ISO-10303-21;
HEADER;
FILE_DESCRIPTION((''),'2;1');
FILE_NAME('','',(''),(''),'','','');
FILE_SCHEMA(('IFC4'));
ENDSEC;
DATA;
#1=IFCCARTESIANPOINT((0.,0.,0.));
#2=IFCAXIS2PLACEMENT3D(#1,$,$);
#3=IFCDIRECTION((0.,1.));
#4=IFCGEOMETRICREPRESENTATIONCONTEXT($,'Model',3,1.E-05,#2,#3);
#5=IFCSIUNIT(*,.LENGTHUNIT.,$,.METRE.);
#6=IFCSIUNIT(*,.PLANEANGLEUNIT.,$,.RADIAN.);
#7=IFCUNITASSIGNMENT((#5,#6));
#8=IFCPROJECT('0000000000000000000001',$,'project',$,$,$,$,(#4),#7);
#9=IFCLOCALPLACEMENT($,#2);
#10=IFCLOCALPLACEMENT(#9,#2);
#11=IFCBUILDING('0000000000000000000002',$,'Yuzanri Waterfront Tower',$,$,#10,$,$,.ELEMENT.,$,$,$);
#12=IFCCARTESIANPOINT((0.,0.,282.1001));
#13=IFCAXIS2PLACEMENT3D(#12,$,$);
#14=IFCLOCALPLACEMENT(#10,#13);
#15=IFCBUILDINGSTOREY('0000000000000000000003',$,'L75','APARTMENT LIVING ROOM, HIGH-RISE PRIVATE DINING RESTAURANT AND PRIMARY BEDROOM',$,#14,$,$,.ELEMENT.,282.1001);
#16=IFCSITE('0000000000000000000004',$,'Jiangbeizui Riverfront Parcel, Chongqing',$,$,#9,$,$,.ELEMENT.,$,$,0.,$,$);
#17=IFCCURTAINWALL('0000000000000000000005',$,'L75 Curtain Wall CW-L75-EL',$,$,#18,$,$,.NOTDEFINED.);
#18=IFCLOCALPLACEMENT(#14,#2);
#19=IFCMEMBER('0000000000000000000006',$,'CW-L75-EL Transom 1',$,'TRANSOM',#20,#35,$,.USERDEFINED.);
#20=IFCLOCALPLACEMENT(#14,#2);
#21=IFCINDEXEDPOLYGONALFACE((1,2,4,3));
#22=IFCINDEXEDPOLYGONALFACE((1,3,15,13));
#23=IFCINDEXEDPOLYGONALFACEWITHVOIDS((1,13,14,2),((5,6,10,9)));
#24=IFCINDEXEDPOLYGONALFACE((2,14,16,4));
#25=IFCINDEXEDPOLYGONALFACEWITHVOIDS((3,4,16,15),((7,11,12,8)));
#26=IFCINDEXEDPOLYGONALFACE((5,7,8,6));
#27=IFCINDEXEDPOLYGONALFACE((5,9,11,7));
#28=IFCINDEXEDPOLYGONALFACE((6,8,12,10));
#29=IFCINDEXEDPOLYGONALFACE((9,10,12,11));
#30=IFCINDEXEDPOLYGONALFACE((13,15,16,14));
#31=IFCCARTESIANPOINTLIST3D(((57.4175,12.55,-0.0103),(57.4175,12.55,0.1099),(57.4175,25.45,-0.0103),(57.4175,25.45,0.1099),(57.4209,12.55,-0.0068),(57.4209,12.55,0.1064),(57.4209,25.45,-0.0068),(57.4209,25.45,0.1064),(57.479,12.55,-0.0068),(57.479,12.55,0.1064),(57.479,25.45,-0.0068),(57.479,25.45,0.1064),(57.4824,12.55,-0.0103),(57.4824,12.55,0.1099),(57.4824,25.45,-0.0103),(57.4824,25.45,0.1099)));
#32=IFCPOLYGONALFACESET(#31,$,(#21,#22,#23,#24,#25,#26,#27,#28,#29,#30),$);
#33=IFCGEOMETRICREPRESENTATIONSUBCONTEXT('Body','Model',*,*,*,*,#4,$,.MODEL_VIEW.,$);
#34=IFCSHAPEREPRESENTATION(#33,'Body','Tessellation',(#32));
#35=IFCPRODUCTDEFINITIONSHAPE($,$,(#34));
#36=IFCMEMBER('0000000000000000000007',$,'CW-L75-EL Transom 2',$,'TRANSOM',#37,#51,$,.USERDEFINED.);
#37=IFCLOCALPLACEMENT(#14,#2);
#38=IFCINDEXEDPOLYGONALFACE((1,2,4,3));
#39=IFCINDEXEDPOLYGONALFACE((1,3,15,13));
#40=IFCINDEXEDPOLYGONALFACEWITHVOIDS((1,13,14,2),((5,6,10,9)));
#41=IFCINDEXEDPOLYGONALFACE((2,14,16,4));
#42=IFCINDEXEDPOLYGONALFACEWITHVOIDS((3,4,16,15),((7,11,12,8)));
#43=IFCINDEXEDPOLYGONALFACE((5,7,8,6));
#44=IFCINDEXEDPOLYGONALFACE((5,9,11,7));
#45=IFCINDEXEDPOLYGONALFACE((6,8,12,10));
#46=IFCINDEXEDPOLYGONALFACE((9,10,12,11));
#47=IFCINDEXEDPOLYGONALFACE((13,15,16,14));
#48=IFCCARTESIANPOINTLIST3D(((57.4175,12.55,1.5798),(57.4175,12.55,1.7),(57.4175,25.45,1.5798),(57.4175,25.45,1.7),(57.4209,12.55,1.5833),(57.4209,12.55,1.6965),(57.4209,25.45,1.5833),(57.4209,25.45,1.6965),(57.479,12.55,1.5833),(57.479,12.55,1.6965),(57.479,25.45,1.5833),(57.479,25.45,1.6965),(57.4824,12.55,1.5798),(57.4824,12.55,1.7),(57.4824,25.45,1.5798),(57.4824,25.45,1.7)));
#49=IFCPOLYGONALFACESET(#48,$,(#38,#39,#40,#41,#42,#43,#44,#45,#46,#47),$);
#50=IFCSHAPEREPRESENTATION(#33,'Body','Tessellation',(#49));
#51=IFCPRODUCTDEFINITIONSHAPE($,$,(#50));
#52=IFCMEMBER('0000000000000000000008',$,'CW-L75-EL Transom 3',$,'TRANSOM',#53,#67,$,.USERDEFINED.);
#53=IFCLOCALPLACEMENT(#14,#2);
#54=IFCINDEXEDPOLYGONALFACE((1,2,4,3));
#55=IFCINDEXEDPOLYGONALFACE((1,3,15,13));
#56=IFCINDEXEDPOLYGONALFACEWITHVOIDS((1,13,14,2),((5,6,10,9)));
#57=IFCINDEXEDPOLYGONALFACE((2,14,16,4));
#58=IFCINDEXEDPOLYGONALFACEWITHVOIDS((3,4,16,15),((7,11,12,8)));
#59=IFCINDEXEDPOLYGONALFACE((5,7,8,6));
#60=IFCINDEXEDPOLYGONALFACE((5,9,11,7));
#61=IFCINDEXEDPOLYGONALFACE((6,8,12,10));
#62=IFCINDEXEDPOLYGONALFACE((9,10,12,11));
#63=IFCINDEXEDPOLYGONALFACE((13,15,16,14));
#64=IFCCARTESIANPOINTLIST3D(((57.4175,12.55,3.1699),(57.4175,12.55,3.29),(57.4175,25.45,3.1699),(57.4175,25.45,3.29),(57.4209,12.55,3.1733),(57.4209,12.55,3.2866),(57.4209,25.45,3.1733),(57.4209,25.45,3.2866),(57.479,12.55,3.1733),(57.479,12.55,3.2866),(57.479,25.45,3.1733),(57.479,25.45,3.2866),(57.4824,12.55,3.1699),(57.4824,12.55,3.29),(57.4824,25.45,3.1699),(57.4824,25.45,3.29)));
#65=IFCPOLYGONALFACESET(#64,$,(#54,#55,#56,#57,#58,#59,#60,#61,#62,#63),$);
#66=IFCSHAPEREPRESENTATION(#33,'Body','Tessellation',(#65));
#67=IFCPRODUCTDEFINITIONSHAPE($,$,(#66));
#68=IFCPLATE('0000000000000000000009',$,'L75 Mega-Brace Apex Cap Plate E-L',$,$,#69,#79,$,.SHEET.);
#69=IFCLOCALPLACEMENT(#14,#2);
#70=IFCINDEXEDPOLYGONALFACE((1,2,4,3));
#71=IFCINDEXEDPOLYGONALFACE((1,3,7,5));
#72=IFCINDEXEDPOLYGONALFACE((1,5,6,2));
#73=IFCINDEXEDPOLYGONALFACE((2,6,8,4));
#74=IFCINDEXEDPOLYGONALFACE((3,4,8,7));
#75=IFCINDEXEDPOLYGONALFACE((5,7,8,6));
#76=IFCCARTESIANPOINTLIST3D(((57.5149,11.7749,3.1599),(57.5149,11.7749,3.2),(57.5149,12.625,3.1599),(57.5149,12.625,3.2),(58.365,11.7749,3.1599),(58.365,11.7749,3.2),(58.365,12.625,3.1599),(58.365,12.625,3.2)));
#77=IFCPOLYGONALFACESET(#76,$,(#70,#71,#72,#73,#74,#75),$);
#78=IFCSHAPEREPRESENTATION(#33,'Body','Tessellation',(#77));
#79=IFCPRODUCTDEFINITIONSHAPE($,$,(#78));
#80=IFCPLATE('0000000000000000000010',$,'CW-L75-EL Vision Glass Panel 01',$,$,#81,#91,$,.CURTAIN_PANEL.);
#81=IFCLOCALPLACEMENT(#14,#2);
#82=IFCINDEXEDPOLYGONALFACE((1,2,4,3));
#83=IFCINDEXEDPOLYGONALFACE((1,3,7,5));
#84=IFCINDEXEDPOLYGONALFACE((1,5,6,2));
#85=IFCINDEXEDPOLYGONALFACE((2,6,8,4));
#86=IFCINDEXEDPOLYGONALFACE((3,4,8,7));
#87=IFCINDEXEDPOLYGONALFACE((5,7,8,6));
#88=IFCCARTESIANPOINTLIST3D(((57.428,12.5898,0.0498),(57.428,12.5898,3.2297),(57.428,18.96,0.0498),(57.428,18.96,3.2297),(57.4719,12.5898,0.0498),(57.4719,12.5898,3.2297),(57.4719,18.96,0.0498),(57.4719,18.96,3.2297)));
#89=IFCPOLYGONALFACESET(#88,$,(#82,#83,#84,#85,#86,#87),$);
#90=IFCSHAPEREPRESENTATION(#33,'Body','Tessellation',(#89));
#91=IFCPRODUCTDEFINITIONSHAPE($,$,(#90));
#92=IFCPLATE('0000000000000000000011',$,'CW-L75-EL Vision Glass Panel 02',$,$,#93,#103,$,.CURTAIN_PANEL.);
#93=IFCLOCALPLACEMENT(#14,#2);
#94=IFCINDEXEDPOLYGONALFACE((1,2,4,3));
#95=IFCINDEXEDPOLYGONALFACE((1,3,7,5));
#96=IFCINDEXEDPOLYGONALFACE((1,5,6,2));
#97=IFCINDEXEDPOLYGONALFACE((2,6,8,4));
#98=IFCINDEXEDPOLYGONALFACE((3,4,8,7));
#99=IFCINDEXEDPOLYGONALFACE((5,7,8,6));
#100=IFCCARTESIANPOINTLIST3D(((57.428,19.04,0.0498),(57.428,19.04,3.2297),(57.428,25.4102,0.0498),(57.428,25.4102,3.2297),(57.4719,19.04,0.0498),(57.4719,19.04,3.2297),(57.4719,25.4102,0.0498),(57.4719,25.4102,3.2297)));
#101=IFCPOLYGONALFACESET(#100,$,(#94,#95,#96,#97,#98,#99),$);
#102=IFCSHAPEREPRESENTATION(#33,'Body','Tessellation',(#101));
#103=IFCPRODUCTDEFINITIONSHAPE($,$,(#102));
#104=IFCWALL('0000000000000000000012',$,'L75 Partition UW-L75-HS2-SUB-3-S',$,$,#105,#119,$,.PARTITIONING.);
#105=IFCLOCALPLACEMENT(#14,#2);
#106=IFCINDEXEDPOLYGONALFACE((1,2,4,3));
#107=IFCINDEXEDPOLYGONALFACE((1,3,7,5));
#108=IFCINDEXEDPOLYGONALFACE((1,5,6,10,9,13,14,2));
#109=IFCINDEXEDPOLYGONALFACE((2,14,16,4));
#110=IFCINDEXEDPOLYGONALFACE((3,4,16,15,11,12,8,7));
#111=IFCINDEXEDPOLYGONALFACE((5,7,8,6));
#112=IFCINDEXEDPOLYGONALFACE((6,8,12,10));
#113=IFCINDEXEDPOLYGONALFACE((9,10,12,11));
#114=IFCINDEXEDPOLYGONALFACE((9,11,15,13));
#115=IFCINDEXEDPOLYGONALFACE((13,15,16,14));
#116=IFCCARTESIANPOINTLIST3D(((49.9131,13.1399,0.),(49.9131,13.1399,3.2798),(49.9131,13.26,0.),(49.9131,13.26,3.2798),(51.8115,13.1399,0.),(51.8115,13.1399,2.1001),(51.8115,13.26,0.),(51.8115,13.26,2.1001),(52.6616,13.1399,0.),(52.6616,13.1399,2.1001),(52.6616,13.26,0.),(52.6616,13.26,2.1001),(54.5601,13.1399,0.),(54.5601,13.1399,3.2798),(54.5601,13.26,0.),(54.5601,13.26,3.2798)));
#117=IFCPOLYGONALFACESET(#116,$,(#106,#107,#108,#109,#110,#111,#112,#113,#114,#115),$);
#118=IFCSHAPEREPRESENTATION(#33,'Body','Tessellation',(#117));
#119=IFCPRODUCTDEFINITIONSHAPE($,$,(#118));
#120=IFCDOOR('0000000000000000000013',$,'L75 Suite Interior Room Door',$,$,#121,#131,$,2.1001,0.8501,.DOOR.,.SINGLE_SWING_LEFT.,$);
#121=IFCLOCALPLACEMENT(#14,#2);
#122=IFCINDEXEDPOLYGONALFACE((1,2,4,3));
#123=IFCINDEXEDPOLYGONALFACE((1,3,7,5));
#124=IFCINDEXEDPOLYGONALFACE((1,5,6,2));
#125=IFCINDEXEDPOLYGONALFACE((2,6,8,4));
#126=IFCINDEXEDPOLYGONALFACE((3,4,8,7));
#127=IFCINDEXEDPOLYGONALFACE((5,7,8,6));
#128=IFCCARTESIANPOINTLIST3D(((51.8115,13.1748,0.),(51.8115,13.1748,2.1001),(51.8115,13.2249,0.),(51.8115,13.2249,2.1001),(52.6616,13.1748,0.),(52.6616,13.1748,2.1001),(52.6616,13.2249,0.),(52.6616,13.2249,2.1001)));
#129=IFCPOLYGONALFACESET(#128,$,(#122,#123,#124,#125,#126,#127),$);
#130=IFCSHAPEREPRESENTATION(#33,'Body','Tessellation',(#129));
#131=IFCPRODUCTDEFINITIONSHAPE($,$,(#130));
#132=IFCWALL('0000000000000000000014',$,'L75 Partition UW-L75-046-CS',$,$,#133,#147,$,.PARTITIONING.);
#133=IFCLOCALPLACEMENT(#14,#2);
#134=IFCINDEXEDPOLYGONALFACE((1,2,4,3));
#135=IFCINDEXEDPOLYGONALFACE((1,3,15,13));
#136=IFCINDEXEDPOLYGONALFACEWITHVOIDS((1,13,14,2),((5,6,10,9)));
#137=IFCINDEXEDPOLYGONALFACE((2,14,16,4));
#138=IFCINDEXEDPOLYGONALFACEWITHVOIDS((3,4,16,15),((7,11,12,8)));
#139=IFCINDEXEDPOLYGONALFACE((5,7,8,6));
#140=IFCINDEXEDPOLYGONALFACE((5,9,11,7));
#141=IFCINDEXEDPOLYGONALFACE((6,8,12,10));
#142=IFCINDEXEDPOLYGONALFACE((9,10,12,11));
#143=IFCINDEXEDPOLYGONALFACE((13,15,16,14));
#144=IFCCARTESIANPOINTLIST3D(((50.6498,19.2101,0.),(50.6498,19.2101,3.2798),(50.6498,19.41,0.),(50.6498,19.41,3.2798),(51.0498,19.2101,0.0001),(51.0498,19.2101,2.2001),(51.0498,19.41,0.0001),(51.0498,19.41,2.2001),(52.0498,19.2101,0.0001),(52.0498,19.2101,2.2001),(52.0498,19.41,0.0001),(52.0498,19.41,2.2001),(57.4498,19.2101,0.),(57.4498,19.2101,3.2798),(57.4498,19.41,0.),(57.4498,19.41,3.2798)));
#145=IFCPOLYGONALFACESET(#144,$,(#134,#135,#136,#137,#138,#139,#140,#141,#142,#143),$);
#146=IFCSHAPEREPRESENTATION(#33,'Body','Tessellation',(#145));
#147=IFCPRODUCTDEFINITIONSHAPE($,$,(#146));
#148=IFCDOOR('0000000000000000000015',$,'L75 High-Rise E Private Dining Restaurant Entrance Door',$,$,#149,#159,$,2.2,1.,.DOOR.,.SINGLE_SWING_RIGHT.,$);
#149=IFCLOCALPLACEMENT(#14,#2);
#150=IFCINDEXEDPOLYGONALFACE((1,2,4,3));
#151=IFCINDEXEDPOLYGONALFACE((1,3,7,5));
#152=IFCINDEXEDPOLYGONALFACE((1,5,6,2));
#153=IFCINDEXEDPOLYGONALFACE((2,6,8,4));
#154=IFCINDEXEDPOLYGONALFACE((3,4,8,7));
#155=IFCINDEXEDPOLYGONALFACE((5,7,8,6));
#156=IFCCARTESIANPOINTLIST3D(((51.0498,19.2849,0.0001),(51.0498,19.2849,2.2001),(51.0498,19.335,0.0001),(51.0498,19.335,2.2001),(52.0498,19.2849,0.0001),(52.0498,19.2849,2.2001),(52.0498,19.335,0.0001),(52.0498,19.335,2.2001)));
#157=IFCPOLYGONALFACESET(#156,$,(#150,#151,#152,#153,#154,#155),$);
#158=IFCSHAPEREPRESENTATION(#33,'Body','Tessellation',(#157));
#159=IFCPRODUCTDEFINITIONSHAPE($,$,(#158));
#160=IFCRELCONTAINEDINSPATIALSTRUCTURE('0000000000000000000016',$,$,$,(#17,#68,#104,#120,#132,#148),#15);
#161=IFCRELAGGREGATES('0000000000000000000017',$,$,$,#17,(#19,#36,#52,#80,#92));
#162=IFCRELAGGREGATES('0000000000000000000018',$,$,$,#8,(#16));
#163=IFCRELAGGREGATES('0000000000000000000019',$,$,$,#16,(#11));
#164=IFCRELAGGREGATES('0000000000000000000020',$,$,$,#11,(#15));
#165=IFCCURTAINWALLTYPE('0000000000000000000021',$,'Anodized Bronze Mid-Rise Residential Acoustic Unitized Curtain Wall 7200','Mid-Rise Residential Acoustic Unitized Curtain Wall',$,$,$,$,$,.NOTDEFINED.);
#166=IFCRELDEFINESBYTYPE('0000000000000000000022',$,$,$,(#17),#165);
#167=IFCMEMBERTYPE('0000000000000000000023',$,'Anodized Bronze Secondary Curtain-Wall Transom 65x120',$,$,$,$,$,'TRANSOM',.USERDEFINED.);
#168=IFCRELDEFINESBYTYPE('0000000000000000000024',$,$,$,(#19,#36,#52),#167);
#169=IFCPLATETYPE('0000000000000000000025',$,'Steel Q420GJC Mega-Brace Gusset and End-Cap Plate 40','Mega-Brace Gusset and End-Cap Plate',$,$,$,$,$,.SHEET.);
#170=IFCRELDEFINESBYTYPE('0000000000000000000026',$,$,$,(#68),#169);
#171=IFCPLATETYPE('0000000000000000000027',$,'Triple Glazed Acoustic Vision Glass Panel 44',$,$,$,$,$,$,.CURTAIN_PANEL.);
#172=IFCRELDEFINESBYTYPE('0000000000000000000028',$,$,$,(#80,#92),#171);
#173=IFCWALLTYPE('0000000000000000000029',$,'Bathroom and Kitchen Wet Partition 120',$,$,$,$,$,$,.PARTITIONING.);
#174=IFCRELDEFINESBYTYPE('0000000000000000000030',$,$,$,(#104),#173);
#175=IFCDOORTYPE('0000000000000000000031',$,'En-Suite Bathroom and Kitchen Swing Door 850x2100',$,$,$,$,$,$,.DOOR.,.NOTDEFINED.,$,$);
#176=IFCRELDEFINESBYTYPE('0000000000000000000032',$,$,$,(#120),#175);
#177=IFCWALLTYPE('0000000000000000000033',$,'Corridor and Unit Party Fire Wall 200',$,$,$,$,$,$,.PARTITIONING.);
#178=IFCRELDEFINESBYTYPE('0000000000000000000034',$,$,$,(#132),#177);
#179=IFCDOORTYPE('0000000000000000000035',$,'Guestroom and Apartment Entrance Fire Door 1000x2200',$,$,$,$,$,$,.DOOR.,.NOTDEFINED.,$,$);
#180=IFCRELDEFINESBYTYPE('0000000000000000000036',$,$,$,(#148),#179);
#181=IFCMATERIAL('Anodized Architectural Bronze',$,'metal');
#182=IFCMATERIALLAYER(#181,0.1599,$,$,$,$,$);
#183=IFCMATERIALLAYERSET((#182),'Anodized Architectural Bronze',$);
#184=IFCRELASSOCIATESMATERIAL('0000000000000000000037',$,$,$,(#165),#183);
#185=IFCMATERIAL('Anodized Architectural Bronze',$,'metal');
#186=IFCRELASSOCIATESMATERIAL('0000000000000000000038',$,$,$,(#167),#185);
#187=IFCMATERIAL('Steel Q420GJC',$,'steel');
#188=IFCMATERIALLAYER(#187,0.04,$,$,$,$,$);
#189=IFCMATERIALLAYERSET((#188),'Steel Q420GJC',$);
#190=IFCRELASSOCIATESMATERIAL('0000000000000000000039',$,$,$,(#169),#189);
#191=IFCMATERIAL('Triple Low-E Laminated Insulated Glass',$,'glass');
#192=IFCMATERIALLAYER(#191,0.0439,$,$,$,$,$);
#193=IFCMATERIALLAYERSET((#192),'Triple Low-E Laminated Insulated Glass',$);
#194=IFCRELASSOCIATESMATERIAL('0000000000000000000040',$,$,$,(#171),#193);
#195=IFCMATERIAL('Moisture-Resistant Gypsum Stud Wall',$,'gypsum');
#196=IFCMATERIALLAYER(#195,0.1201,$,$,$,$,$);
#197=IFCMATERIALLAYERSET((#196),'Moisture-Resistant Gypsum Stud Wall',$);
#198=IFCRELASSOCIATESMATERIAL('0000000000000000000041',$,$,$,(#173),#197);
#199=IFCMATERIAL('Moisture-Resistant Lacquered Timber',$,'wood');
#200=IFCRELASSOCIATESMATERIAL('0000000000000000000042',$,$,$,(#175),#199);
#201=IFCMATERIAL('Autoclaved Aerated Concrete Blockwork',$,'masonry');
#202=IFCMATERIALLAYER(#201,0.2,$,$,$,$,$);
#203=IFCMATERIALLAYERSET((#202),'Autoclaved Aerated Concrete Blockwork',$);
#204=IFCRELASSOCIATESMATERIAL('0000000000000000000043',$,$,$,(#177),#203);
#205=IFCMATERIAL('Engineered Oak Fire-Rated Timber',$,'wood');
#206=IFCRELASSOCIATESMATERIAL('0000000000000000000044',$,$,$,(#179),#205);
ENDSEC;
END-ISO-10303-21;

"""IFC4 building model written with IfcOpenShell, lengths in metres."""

from ifc_helpers import new_model, si_unit, direction, frame, frame_2d, origin, origin_2d, place, context, subcontext, project, spatial, rectangle, hollow_rectangle, extrude, source, transform, mapped, material, layer, layer_set, material_profile, profile_set, type_object, element, fill, aggregate, save


model = new_model("IFC4")

# Units and contexts
model_context = context("Model", 3, precision=1e-05, world=origin(), true_north=direction((0.0, 1.0)))
body_context = subcontext(model_context, "Body", "Model", "MODEL_VIEW")
ifc_project = project(units=[si_unit("LENGTHUNIT", "METRE"), si_unit("PLANEANGLEUNIT", "RADIAN")], contexts=[model_context])

# Site, building, storey
site_placement = place(None, origin())
site = spatial("IfcSite", under=ifc_project, at=site_placement, Name="Jiangbeizui Riverfront Parcel, Chongqing", CompositionType="ELEMENT", RefElevation=0.0)
building_placement = place(site_placement, origin())
building = spatial("IfcBuilding", under=site, at=building_placement, Name="Yuzanri Waterfront Tower", CompositionType="ELEMENT")
storey_placement = place(building_placement, frame((0.0, 0.0, 282.1001)))
storey = spatial("IfcBuildingStorey", under=building, at=storey_placement, Name="L75", Description="APARTMENT LIVING ROOM, HIGH-RISE PRIVATE DINING RESTAURANT AND PRIMARY BEDROOM", CompositionType="ELEMENT", Elevation=282.1001)

# Curtain wall, members
ifc_material_1 = material(Name="Anodized Architectural Bronze", Category="metal")
ifc_layer_1 = layer(ifc_material_1, 0.1599)
ifc_layer_set_1 = layer_set([ifc_layer_1], Name="Anodized Architectural Bronze")
curtain_wall_type = type_object("IfcCurtainWallType", Name="Anodized Bronze Mid-Rise Residential Acoustic Unitized Curtain Wall 7200", Description="Mid-Rise Residential Acoustic Unitized Curtain Wall", PredefinedType="NOTDEFINED", material=ifc_layer_set_1)
curtain_wall_placement = place(storey_placement, origin())
curtain_wall = element("IfcCurtainWall", 1, at=curtain_wall_placement, inside=storey, type_object=curtain_wall_type, Name="L75 Curtain Wall CW-L75-EL", PredefinedType="NOTDEFINED")
ifc_material_2 = material(Name="Anodized Architectural Bronze", Category="metal")
ifc_material_profile_1 = material_profile(ifc_material_2, hollow_rectangle(XDim=0.0649, YDim=0.1201, WallThickness=0.0034, at=origin_2d()), Name="CWT 65x120")
ifc_profile_set_1 = profile_set([ifc_material_profile_1], Name="Anodized Architectural Bronze")
member_type_1 = type_object("IfcMemberType", Name="Anodized Bronze Secondary Curtain-Wall Transom 65x120", ElementType="TRANSOM", PredefinedType="USERDEFINED", material=ifc_profile_set_1)
shared_shape_1 = source(origin(), body_context, "Body", "SweptSolid", [
    extrude(hollow_rectangle(XDim=0.0649, YDim=0.1201, WallThickness=0.0034, at=origin_2d()), origin(), (0.0, 0.0, 1.0), 12.8999),
])
member_1_placement = place(storey_placement, frame((57.45, 12.55, 0.0498), z_axis=(0.0, 1.0, 0.0), x_axis=(-1.0, 0.0, 0.0)))
member_1 = element("IfcMember", 2, at=member_1_placement, type_object=member_type_1, Name="CW-L75-EL Transom 1", ObjectType="TRANSOM", PredefinedType="USERDEFINED", context=body_context, shape_type="MappedRepresentation", body=[
    mapped(shared_shape_1, transform((0.0, 0.0, 0.0), scale=1.0)),
])
member_2_placement = place(storey_placement, frame((57.45, 12.55, 1.6399), z_axis=(0.0, 1.0, 0.0), x_axis=(-1.0, 0.0, 0.0)))
member_2 = element("IfcMember", 3, at=member_2_placement, type_object=member_type_1, Name="CW-L75-EL Transom 2", ObjectType="TRANSOM", PredefinedType="USERDEFINED", context=body_context, shape_type="MappedRepresentation", body=[
    mapped(shared_shape_1, transform((0.0, 0.0, 0.0), scale=1.0)),
])
member_3_placement = place(storey_placement, frame((57.45, 12.55, 3.23), z_axis=(0.0, 1.0, 0.0), x_axis=(-1.0, 0.0, 0.0)))
member_3 = element("IfcMember", 4, at=member_3_placement, type_object=member_type_1, Name="CW-L75-EL Transom 3", ObjectType="TRANSOM", PredefinedType="USERDEFINED", context=body_context, shape_type="MappedRepresentation", body=[
    mapped(shared_shape_1, transform((0.0, 0.0, 0.0), scale=1.0)),
])

# Plates
ifc_material_3 = material(Name="Steel Q420GJC", Category="steel")
ifc_layer_2 = layer(ifc_material_3, 0.04)
ifc_layer_set_2 = layer_set([ifc_layer_2], Name="Steel Q420GJC")
plate_type_1 = type_object("IfcPlateType", Name="Steel Q420GJC Mega-Brace Gusset and End-Cap Plate 40", Description="Mega-Brace Gusset and End-Cap Plate", PredefinedType="SHEET", material=ifc_layer_set_2)
shared_shape_2 = source(origin(), body_context, "Body", "SweptSolid", [
    extrude(rectangle(XDim=0.8501, YDim=0.8501, at=origin_2d()), origin(), (0.0, 0.0, 1.0), 0.04),
])
plate_1_placement = place(storey_placement, frame((57.9399, 12.2, 3.1599), z_axis=(0.0, 0.0, 1.0), x_axis=(1.0, 0.0, 0.0)))
element("IfcPlate", 5, at=plate_1_placement, inside=storey, type_object=plate_type_1, Name="L75 Mega-Brace Apex Cap Plate E-L", PredefinedType="SHEET", context=body_context, shape_type="MappedRepresentation", body=[
    mapped(shared_shape_2, transform((0.0, 0.0, 0.0), scale=1.0)),
])
ifc_material_4 = material(Name="Triple Low-E Laminated Insulated Glass", Category="glass")
ifc_layer_3 = layer(ifc_material_4, 0.0439)
ifc_layer_set_3 = layer_set([ifc_layer_3], Name="Triple Low-E Laminated Insulated Glass")
plate_type_2 = type_object("IfcPlateType", Name="Triple Glazed Acoustic Vision Glass Panel 44", PredefinedType="CURTAIN_PANEL", material=ifc_layer_set_3)
shared_shape_3 = source(origin(), body_context, "Body", "SweptSolid", [
    extrude(rectangle(XDim=6.3701, YDim=0.0439, at=origin_2d()), origin(), (0.0, 0.0, 1.0), 3.1799),
])
plate_2_placement = place(storey_placement, frame((57.45, 15.7749, 0.0498), z_axis=(0.0, 0.0, 1.0), x_axis=(0.0, 1.0, 0.0)))
plate_2 = element("IfcPlate", 6, at=plate_2_placement, type_object=plate_type_2, Name="CW-L75-EL Vision Glass Panel 01", PredefinedType="CURTAIN_PANEL", context=body_context, shape_type="MappedRepresentation", body=[
    mapped(shared_shape_3, transform((0.0, 0.0, 0.0), scale=1.0)),
])
plate_3_placement = place(storey_placement, frame((57.45, 22.2251, 0.0498), z_axis=(0.0, 0.0, 1.0), x_axis=(0.0, 1.0, 0.0)))
plate_3 = element("IfcPlate", 7, at=plate_3_placement, type_object=plate_type_2, Name="CW-L75-EL Vision Glass Panel 02", PredefinedType="CURTAIN_PANEL", context=body_context, shape_type="MappedRepresentation", body=[
    mapped(shared_shape_3, transform((0.0, 0.0, 0.0), scale=1.0)),
])
aggregate(curtain_wall, [member_1, member_2, member_3, plate_2, plate_3])

# Walls, openings, doors
ifc_material_5 = material(Name="Moisture-Resistant Gypsum Stud Wall", Category="gypsum")
ifc_layer_4 = layer(ifc_material_5, 0.1201)
ifc_layer_set_4 = layer_set([ifc_layer_4], Name="Moisture-Resistant Gypsum Stud Wall")
wall_type_1 = type_object("IfcWallType", Name="Bathroom and Kitchen Wet Partition 120", PredefinedType="PARTITIONING", material=ifc_layer_set_4)
wall_1_placement = place(storey_placement, frame((49.9131, 13.2, 0.0), z_axis=(0.0, 0.0, 1.0), x_axis=(1.0, 0.0, 0.0)))
wall_1 = element("IfcWall", 8, at=wall_1_placement, inside=storey, type_object=wall_type_1, Name="L75 Partition UW-L75-HS2-SUB-3-S", PredefinedType="PARTITIONING", context=body_context, shape_type="SweptSolid", body=[
    extrude(rectangle(XDim=4.647, YDim=0.1201, at=frame_2d((2.3235, 0.0))), origin(), (0.0, 0.0, 1.0), 3.2798),
])
opening_1_placement = place(wall_1_placement, frame((1.8984, 0.0, 0.0)))
opening_1 = element("IfcOpeningElement", 9, at=opening_1_placement, cuts=wall_1, PredefinedType="OPENING", context=body_context, shape_type="SweptSolid", body=[
    extrude(rectangle(XDim=0.8501, YDim=2.1001, at=frame_2d((0.425, 1.05))), frame((0.0, 0.075, 0.0), z_axis=(0.0, -1.0, 0.0), x_axis=(1.0, 0.0, 0.0)), (0.0, 0.0, 1.0), 0.1499),
])
ifc_material_6 = material(Name="Moisture-Resistant Lacquered Timber", Category="wood")
door_type_1 = type_object("IfcDoorType", Name="En-Suite Bathroom and Kitchen Swing Door 850x2100", OperationType="NOTDEFINED", PredefinedType="DOOR", material=ifc_material_6)
shared_shape_4 = source(origin(), body_context, "Body", "SweptSolid", [
    extrude(rectangle(XDim=0.8501, YDim=2.1001, at=frame_2d((0.425, 1.05))), frame((0.0, 0.0249, 0.0), z_axis=(0.0, -1.0, 0.0), x_axis=(1.0, 0.0, 0.0)), (0.0, 0.0, 1.0), 0.05),
])
door_1_placement = place(opening_1_placement, origin())
door_1 = element("IfcDoor", 10, at=door_1_placement, inside=storey, type_object=door_type_1, Name="L75 Suite Interior Room Door", OperationType="SINGLE_SWING_LEFT", OverallHeight=2.1001, OverallWidth=0.8501, PredefinedType="DOOR", context=body_context, shape_type="MappedRepresentation", body=[
    mapped(shared_shape_4, transform((0.0, 0.0, 0.0), scale=1.0)),
])
fill(opening_1, door_1)
ifc_material_7 = material(Name="Autoclaved Aerated Concrete Blockwork", Category="masonry")
ifc_layer_5 = layer(ifc_material_7, 0.2)
ifc_layer_set_5 = layer_set([ifc_layer_5], Name="Autoclaved Aerated Concrete Blockwork")
wall_type_2 = type_object("IfcWallType", Name="Corridor and Unit Party Fire Wall 200", PredefinedType="PARTITIONING", material=ifc_layer_set_5)
wall_2_placement = place(storey_placement, frame((50.6499, 19.3101, 0.0), z_axis=(0.0, 0.0, 1.0), x_axis=(1.0, 0.0, 0.0)))
wall_2 = element("IfcWall", 11, at=wall_2_placement, inside=storey, type_object=wall_type_2, Name="L75 Partition UW-L75-046-CS", PredefinedType="PARTITIONING", context=body_context, shape_type="SweptSolid", body=[
    extrude(rectangle(XDim=6.8, YDim=0.2, at=frame_2d((3.3999, 0.0))), origin(), (0.0, 0.0, 1.0), 3.2798),
])
opening_2_placement = place(wall_2_placement, frame((0.3999, 0.0, 0.0)))
opening_2 = element("IfcOpeningElement", 12, at=opening_2_placement, cuts=wall_2, PredefinedType="OPENING", context=body_context, shape_type="SweptSolid", body=[
    extrude(rectangle(XDim=1.0, YDim=2.2, at=frame_2d((0.5, 1.1001))), frame((0.0, 0.1147, 0.0), z_axis=(0.0, -1.0, 0.0), x_axis=(1.0, 0.0, 0.0)), (0.0, 0.0, 1.0), 0.2297),
])
ifc_material_8 = material(Name="Engineered Oak Fire-Rated Timber", Category="wood")
door_type_2 = type_object("IfcDoorType", Name="Guestroom and Apartment Entrance Fire Door 1000x2200", OperationType="NOTDEFINED", PredefinedType="DOOR", material=ifc_material_8)
shared_shape_5 = source(origin(), body_context, "Body", "SweptSolid", [
    extrude(rectangle(XDim=1.0, YDim=2.2, at=frame_2d((0.5, 1.1001))), frame((0.0, 0.0249, 0.0), z_axis=(0.0, -1.0, 0.0), x_axis=(1.0, 0.0, 0.0)), (0.0, 0.0, 1.0), 0.05),
])
door_2_placement = place(opening_2_placement, origin())
door_2 = element("IfcDoor", 13, at=door_2_placement, inside=storey, type_object=door_type_2, Name="L75 High-Rise E Private Dining Restaurant Entrance Door", OperationType="SINGLE_SWING_RIGHT", OverallHeight=2.2, OverallWidth=1.0, PredefinedType="DOOR", context=body_context, shape_type="MappedRepresentation", body=[
    mapped(shared_shape_5, transform((0.0, 0.0, 0.0), scale=1.0)),
])
fill(opening_2, door_2)

save(model, "model.ifc")
